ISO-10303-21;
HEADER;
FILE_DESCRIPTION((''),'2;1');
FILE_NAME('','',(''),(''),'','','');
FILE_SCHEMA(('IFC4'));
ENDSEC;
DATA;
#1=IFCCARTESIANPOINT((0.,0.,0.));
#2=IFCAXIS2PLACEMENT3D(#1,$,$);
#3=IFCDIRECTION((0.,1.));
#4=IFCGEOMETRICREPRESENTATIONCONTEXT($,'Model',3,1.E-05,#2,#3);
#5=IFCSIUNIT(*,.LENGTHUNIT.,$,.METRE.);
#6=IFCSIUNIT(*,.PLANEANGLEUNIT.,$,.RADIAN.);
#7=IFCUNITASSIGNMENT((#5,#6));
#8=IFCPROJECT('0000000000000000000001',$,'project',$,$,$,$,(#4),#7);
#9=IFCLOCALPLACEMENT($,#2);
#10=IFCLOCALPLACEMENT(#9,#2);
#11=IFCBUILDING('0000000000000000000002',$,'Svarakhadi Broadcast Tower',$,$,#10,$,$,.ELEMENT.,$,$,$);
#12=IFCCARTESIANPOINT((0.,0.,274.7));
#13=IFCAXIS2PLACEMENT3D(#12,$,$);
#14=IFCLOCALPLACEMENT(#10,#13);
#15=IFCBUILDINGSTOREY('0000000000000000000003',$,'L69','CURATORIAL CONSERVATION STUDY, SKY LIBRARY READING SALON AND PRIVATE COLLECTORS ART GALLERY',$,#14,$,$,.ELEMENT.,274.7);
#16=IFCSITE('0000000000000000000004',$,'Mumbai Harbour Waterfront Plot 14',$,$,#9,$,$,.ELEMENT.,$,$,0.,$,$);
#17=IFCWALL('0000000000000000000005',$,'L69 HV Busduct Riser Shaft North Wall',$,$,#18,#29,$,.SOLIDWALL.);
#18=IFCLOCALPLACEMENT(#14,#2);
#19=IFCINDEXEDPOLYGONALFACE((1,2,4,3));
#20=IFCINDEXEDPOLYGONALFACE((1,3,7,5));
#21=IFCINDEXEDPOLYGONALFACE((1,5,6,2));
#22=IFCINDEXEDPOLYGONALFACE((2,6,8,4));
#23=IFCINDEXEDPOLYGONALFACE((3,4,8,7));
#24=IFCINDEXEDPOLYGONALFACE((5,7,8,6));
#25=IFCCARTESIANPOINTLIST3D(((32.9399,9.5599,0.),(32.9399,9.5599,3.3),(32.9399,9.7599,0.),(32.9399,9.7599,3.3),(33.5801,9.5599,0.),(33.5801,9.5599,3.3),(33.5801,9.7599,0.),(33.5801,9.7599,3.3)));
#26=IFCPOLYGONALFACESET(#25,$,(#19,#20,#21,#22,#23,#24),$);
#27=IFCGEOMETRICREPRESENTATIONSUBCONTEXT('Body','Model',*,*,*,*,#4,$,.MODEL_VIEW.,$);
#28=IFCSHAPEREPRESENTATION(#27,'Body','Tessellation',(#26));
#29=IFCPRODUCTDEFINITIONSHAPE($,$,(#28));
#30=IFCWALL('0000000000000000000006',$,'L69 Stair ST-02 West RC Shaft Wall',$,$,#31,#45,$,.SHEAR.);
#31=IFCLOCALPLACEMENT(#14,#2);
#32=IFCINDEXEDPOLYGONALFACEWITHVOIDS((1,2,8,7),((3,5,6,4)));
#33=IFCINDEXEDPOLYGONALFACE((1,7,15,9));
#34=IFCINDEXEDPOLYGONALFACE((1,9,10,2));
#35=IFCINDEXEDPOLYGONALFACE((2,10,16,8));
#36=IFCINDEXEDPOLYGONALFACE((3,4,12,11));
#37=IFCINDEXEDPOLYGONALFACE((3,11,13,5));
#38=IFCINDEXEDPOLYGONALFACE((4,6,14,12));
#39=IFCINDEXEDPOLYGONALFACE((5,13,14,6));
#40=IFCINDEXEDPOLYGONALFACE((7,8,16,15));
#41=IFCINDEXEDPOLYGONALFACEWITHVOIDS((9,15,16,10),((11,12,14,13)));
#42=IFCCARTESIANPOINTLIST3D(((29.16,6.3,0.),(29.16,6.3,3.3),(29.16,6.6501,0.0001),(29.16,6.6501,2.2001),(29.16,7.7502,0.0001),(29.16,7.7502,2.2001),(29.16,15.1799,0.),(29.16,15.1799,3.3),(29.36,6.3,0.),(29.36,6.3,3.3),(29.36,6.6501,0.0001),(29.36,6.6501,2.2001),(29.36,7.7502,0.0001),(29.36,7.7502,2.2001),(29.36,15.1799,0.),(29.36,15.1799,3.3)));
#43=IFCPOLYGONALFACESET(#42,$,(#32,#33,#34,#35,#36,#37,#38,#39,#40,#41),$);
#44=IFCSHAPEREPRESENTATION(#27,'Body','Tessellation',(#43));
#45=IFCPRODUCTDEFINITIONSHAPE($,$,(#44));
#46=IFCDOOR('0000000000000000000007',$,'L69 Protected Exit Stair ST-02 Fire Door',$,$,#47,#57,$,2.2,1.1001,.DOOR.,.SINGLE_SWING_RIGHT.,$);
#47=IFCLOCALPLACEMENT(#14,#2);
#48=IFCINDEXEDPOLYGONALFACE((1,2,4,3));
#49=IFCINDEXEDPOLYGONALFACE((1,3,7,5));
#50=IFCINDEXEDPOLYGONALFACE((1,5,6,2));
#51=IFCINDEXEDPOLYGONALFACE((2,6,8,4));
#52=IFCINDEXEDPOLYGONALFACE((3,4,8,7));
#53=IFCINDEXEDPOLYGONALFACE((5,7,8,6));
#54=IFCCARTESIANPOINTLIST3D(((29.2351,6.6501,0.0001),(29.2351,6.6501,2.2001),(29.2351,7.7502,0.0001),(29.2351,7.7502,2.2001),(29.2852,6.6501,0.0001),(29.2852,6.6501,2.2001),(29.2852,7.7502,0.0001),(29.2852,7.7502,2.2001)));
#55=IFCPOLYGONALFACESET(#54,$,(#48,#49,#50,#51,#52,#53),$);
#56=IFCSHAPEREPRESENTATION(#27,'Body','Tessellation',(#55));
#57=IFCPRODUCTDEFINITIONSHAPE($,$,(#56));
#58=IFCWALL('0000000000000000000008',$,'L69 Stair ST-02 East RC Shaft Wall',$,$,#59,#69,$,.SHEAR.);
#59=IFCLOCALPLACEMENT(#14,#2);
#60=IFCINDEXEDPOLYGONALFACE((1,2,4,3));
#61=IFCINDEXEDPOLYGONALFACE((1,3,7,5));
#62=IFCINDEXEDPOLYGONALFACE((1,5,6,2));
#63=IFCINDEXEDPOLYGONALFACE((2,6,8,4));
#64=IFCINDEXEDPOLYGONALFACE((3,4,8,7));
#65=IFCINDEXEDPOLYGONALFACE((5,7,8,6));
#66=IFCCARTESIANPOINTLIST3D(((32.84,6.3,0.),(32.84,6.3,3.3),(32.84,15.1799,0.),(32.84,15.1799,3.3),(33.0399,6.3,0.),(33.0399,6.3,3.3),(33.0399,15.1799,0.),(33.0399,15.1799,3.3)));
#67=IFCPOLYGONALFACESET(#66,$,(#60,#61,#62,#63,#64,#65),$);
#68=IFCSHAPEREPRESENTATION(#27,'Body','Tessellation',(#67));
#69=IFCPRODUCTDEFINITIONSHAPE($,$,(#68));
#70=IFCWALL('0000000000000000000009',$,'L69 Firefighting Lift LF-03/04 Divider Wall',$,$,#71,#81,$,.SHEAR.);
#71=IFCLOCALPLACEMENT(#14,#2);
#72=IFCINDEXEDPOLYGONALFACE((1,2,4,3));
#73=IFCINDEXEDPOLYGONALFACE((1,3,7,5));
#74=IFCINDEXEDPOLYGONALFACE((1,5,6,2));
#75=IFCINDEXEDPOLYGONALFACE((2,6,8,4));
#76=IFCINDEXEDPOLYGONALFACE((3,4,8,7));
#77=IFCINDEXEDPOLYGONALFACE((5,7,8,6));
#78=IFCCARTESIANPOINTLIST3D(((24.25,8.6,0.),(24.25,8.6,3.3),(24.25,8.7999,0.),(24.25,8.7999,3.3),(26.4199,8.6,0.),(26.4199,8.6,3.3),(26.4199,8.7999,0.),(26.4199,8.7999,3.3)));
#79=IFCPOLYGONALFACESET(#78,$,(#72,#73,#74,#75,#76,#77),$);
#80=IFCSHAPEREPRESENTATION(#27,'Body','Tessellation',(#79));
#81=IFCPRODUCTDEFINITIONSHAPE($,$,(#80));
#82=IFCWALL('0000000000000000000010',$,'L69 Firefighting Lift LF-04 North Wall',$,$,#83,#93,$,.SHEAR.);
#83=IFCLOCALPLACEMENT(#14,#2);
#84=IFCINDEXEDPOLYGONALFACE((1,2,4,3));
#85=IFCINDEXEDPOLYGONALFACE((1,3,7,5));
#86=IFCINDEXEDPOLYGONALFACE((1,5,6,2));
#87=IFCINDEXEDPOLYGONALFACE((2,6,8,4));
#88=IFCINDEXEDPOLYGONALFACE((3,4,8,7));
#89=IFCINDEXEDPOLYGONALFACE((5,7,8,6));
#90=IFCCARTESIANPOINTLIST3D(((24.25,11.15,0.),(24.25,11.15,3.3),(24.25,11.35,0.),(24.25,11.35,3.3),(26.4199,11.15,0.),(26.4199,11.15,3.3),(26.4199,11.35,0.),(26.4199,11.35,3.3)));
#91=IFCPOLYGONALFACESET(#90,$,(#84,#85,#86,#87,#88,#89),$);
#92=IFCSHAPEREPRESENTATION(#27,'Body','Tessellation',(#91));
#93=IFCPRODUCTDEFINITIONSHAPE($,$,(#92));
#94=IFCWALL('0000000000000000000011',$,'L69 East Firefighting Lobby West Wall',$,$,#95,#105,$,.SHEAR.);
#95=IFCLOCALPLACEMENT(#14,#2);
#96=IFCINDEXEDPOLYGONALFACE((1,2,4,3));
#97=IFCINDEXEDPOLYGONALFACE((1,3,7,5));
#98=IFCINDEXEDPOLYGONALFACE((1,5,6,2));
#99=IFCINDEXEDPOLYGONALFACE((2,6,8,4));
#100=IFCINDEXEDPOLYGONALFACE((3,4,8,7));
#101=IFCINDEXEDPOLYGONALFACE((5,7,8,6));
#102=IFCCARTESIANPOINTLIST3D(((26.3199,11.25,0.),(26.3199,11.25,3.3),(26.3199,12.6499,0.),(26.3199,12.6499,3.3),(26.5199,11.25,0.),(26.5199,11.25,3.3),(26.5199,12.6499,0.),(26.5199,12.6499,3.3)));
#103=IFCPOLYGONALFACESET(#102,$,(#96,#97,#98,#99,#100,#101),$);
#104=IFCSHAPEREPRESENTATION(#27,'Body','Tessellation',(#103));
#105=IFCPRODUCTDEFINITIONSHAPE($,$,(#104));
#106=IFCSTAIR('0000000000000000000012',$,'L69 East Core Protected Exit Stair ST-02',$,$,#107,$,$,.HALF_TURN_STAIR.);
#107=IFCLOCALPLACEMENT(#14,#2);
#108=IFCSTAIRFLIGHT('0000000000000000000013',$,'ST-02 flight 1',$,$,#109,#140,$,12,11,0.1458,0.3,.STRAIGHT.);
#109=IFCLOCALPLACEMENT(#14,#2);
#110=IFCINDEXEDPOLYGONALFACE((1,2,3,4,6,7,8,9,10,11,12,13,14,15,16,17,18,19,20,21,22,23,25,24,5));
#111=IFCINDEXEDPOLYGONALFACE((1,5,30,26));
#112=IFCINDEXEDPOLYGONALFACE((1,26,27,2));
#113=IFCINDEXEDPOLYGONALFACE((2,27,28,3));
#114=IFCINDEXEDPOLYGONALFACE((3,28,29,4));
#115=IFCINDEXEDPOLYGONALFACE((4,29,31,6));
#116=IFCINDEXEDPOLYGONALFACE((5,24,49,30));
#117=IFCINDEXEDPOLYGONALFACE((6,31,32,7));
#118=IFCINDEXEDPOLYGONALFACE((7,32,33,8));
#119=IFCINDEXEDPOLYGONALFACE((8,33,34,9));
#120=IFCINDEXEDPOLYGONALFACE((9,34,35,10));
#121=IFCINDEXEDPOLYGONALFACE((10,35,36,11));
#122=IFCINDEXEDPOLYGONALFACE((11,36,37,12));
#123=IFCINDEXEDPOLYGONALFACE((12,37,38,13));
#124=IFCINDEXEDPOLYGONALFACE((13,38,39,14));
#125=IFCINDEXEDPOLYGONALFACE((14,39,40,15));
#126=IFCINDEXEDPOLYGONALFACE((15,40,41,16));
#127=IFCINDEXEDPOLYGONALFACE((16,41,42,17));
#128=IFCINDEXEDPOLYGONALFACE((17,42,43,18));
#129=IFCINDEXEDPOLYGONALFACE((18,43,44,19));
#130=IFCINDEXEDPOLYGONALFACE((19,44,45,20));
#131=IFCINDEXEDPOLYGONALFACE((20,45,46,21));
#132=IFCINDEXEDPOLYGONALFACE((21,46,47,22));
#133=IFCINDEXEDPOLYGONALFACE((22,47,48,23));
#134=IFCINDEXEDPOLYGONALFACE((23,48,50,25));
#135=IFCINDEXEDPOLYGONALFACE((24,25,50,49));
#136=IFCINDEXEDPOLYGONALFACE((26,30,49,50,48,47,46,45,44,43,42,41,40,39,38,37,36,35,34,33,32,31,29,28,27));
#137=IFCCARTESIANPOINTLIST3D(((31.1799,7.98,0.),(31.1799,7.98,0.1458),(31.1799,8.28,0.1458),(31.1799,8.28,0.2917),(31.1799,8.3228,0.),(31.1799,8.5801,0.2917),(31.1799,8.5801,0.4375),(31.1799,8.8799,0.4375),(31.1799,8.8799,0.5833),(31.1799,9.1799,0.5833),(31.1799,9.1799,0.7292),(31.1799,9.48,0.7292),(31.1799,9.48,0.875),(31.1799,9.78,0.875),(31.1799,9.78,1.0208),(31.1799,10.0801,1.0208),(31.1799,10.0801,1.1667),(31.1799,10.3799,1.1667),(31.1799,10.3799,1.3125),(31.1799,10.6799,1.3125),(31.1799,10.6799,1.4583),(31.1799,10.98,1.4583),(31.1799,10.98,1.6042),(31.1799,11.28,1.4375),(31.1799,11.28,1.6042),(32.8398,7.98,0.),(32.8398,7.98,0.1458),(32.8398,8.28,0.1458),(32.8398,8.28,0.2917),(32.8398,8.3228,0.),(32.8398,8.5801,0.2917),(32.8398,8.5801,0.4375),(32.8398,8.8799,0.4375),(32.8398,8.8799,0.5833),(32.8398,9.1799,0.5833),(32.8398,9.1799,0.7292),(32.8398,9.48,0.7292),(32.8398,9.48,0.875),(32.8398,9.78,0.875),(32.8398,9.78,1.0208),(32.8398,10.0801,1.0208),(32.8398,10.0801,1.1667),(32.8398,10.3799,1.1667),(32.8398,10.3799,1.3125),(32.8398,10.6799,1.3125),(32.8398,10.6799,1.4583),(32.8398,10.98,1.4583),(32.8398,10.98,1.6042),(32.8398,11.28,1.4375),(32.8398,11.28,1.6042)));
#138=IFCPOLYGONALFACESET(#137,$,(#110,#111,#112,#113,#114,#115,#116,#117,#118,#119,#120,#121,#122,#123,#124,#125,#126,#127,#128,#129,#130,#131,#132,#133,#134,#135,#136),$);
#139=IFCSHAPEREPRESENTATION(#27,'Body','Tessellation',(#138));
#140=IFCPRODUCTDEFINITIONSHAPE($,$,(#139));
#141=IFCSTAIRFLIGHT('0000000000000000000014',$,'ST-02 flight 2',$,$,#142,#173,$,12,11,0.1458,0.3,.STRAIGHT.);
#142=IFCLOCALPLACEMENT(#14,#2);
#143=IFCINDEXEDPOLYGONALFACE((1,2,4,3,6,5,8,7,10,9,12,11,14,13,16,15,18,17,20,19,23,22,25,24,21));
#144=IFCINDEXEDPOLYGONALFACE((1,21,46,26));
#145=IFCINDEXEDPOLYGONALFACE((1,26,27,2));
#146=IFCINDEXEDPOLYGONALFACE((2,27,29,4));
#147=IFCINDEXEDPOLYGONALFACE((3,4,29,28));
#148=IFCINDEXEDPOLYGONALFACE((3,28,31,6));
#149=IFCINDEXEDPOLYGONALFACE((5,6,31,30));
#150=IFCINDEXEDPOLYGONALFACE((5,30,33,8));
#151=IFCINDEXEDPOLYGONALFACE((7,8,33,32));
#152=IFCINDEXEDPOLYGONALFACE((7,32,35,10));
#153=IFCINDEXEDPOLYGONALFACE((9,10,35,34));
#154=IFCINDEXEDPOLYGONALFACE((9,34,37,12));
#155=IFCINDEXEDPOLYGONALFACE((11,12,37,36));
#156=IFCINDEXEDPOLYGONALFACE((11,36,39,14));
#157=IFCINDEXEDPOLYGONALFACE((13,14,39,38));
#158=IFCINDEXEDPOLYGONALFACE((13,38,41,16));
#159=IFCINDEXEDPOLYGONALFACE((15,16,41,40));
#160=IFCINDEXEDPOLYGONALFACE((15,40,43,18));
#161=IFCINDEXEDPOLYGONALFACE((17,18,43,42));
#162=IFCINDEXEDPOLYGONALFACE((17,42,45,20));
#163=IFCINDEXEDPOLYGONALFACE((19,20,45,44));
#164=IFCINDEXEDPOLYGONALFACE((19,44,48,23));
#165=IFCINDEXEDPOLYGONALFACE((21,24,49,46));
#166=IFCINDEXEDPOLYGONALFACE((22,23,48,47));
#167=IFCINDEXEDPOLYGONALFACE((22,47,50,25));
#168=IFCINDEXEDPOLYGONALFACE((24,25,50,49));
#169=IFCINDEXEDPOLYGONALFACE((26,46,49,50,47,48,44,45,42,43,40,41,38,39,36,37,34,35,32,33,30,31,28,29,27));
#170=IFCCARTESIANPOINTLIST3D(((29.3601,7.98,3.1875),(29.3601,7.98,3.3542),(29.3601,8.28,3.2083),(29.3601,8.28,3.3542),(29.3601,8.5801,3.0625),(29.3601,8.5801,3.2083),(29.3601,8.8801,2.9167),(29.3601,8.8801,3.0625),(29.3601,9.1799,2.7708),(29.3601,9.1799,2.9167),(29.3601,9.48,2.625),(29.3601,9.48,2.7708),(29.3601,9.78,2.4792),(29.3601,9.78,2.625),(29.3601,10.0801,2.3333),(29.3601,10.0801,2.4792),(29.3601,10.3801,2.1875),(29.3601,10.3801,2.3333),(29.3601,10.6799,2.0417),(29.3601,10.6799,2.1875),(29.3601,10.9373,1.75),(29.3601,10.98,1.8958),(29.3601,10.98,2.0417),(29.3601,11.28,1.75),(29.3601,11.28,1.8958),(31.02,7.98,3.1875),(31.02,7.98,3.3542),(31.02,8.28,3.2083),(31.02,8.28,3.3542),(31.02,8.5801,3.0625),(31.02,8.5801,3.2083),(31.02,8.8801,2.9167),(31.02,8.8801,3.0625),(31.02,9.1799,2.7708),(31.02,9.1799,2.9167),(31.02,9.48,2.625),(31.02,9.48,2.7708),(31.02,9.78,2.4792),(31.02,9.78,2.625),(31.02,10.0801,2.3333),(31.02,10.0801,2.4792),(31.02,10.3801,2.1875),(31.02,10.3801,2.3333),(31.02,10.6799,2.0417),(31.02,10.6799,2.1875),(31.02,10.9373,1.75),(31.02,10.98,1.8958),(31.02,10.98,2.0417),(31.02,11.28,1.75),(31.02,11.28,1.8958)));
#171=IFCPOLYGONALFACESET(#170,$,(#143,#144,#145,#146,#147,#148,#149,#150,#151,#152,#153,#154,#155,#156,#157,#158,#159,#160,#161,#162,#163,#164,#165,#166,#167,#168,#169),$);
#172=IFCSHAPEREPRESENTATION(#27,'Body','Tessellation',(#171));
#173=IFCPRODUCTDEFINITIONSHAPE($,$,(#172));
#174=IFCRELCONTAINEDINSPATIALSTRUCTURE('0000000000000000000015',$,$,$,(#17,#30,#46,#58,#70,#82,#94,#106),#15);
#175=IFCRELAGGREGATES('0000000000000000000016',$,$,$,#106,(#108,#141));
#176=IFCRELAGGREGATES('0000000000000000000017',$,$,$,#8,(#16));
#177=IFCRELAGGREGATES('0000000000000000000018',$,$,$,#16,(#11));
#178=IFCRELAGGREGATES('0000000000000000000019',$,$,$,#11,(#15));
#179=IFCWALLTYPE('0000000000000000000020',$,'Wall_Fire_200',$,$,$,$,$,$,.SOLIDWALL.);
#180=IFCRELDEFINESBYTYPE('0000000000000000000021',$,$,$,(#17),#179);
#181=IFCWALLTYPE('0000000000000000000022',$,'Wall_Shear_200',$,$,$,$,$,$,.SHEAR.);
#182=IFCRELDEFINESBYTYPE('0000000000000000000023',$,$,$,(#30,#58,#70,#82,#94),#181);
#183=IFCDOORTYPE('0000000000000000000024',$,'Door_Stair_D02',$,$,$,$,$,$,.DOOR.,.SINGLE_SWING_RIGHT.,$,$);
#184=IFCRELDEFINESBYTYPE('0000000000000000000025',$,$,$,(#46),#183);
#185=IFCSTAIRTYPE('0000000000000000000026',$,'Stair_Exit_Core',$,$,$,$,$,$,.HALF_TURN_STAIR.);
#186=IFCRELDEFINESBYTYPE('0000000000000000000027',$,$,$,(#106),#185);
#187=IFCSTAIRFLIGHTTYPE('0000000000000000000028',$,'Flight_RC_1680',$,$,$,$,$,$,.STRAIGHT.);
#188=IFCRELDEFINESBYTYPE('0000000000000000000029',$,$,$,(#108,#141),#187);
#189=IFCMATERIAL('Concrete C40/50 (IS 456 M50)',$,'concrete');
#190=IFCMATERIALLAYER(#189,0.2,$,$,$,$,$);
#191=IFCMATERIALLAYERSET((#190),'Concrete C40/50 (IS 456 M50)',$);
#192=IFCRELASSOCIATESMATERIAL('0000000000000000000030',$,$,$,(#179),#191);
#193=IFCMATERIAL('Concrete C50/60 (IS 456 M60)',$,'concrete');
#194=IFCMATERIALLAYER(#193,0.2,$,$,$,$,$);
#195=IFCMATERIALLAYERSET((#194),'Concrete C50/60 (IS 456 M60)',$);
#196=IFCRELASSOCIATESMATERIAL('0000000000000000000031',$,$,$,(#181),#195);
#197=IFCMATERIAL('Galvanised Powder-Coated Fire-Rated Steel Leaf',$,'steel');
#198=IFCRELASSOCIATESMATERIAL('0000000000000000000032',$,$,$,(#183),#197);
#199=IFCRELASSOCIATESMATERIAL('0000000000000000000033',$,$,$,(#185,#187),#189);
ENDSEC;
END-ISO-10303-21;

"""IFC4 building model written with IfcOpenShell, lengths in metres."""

from ifc_helpers import new_model, si_unit, direction, frame, frame_2d, origin, place, context, subcontext, project, spatial, polyline, rectangle, outline, extrude, material, layer, layer_set, type_object, element, fill, aggregate, save


model = new_model("IFC4")

# Units and contexts
model_context = context("Model", 3, precision=1e-05, world=origin(), true_north=direction((0.0, 1.0)))
body_context = subcontext(model_context, "Body", "Model", "MODEL_VIEW")
ifc_project = project(units=[si_unit("LENGTHUNIT", "METRE"), si_unit("PLANEANGLEUNIT", "RADIAN")], contexts=[model_context])

# Site, building, storey
site_placement = place(None, origin())
site = spatial("IfcSite", under=ifc_project, at=site_placement, Name="Mumbai Harbour Waterfront Plot 14", CompositionType="ELEMENT", RefElevation=0.0)
building_placement = place(site_placement, origin())
building = spatial("IfcBuilding", under=site, at=building_placement, Name="Svarakhadi Broadcast Tower", CompositionType="ELEMENT")
storey_placement = place(building_placement, frame((0.0, 0.0, 274.7)))
storey = spatial("IfcBuildingStorey", under=building, at=storey_placement, Name="L69", Description="CURATORIAL CONSERVATION STUDY, SKY LIBRARY READING SALON AND PRIVATE COLLECTORS ART GALLERY", CompositionType="ELEMENT", Elevation=274.7)

# Shared definitions
ifc_material_1 = material(Name="Concrete C50/60 (IS 456 M60)", Category="concrete")

# Wall
ifc_material_2 = material(Name="Concrete C40/50 (IS 456 M50)", Category="concrete")
ifc_layer_1 = layer(ifc_material_2, 0.2)
ifc_layer_set_1 = layer_set([ifc_layer_1], Name="Concrete C40/50 (IS 456 M50)")
wall_type_1 = type_object("IfcWallType", Name="Wall_Fire_200", PredefinedType="SOLIDWALL", material=ifc_layer_set_1)
wall_1_placement = place(storey_placement, frame((32.9399, 9.6599, 0.0), z_axis=(0.0, 0.0, 1.0), x_axis=(1.0, 0.0, 0.0)))
element("IfcWall", 1, at=wall_1_placement, inside=storey, type_object=wall_type_1, Name="L69 HV Busduct Riser Shaft North Wall", PredefinedType="SOLIDWALL", context=body_context, shape_type="SweptSolid", body=[
    extrude(rectangle(XDim=0.6401, YDim=0.2, at=frame_2d((0.3201, 0.0))), origin(), (0.0, 0.0, 1.0), 3.3),
])

# Wall, opening, door
ifc_layer_2 = layer(ifc_material_1, 0.2)
ifc_layer_set_2 = layer_set([ifc_layer_2], Name="Concrete C50/60 (IS 456 M60)")
wall_type_2 = type_object("IfcWallType", Name="Wall_Shear_200", PredefinedType="SHEAR", material=ifc_layer_set_2)
wall_2_placement = place(storey_placement, frame((29.26, 6.3, 0.0), z_axis=(0.0, 0.0, 1.0), x_axis=(0.0, 1.0, 0.0)))
wall_2 = element("IfcWall", 2, at=wall_2_placement, inside=storey, type_object=wall_type_2, Name="L69 Stair ST-02 West RC Shaft Wall", PredefinedType="SHEAR", context=body_context, shape_type="SweptSolid", body=[
    extrude(rectangle(XDim=8.8799, YDim=0.2, at=frame_2d((4.4399, 0.0))), origin(), (0.0, 0.0, 1.0), 3.3),
])
opening_placement = place(wall_2_placement, frame((0.3501, 0.0, 0.0)))
opening = element("IfcOpeningElement", 3, at=opening_placement, cuts=wall_2, PredefinedType="OPENING", context=body_context, shape_type="SweptSolid", body=[
    extrude(rectangle(XDim=1.1001, YDim=2.2, at=frame_2d((0.55, 1.1001))), frame((0.0, 0.1099, 0.0), z_axis=(0.0, -1.0, 0.0), x_axis=(1.0, 0.0, 0.0)), (0.0, 0.0, 1.0), 0.22),
])
ifc_material_3 = material(Name="Galvanised Powder-Coated Fire-Rated Steel Leaf", Category="steel")
door_type = type_object("IfcDoorType", Name="Door_Stair_D02", OperationType="SINGLE_SWING_RIGHT", PredefinedType="DOOR", material=ifc_material_3)
door_placement = place(opening_placement, origin())
door = element("IfcDoor", 4, at=door_placement, inside=storey, type_object=door_type, Name="L69 Protected Exit Stair ST-02 Fire Door", OperationType="SINGLE_SWING_RIGHT", OverallHeight=2.2, OverallWidth=1.1001, PredefinedType="DOOR", context=body_context, shape_type="SweptSolid", body=[
    extrude(rectangle(XDim=1.1001, YDim=2.2, at=frame_2d((0.55, 1.1001))), frame((0.0, 0.0249, 0.0), z_axis=(0.0, -1.0, 0.0), x_axis=(1.0, 0.0, 0.0)), (0.0, 0.0, 1.0), 0.05),
])
fill(opening, door)

# Walls
wall_3_placement = place(storey_placement, frame((32.9399, 6.3, 0.0), z_axis=(0.0, 0.0, 1.0), x_axis=(0.0, 1.0, 0.0)))
element("IfcWall", 5, at=wall_3_placement, inside=storey, type_object=wall_type_2, Name="L69 Stair ST-02 East RC Shaft Wall", PredefinedType="SHEAR", context=body_context, shape_type="SweptSolid", body=[
    extrude(rectangle(XDim=8.8799, YDim=0.2, at=frame_2d((4.4399, 0.0))), origin(), (0.0, 0.0, 1.0), 3.3),
])
for number, where, z_axis, x_axis, name in (
    (6, (24.25, 8.7, 0.0), (0.0, 0.0, 1.0), (1.0, 0.0, 0.0), "L69 Firefighting Lift LF-03/04 Divider Wall"),
    (7, (24.25, 11.25, 0.0), (0.0, 0.0, 1.0), (1.0, 0.0, 0.0), "L69 Firefighting Lift LF-04 North Wall"),
):
    element("IfcWall", number, at=place(storey_placement, frame(where, z_axis=z_axis, x_axis=x_axis)), inside=storey, type_object=wall_type_2, Name=name, PredefinedType="SHEAR", context=body_context, shape_type="SweptSolid", body=[
        extrude(rectangle(XDim=2.1699, YDim=0.2, at=frame_2d((1.085, 0.0))), origin(), (0.0, 0.0, 1.0), 3.3),
    ])
wall_4_placement = place(storey_placement, frame((26.4199, 11.25, 0.0), z_axis=(0.0, 0.0, 1.0), x_axis=(0.0, 1.0, 0.0)))
element("IfcWall", 8, at=wall_4_placement, inside=storey, type_object=wall_type_2, Name="L69 East Firefighting Lobby West Wall", PredefinedType="SHEAR", context=body_context, shape_type="SweptSolid", body=[
    extrude(rectangle(XDim=1.3999, YDim=0.2, at=frame_2d((0.7, 0.0))), origin(), (0.0, 0.0, 1.0), 3.3),
])

# Stair, stair flights
stair_type = type_object("IfcStairType", Name="Stair_Exit_Core", PredefinedType="HALF_TURN_STAIR", material=ifc_material_2)
stair_placement = place(storey_placement, origin())
stair = element("IfcStair", 9, at=stair_placement, inside=storey, type_object=stair_type, Name="L69 East Core Protected Exit Stair ST-02", PredefinedType="HALF_TURN_STAIR")
stair_flight_type = type_object("IfcStairFlightType", Name="Flight_RC_1680", PredefinedType="STRAIGHT", material=ifc_material_2)
stair_flight_1_placement = place(storey_placement, frame((32.01, 7.98, 0.0), z_axis=(0.0, 0.0, 1.0), x_axis=(0.0, 1.0, 0.0)))
stair_flight_1 = element("IfcStairFlight", 10, at=stair_flight_1_placement, type_object=stair_flight_type, Name="ST-02 flight 1", NumberOfRisers=12, NumberOfTreads=11, PredefinedType="STRAIGHT", RiserHeight=0.1458, TreadLength=0.3, context=body_context, shape_type="SweptSolid", body=[
    extrude(outline(polyline([(0.0, 0.0), (0.0, 0.1458), (0.3, 0.1458), (0.3, 0.2917), (0.6001, 0.2917), (0.6001, 0.4375), (0.8999, 0.4375), (0.8999, 0.5833), (1.2, 0.5833), (1.2, 0.7292), (1.5, 0.7292), (1.5, 0.875), (1.8, 0.875), (1.8, 1.0208), (2.1001, 1.0208), (2.1001, 1.1667), (2.3999, 1.1667), (2.3999, 1.3125), (2.7, 1.3125), (2.7, 1.4583), (3.0, 1.4583), (3.0, 1.6042), (3.3, 1.6042), (3.3, 1.75), (3.3, 1.4375), (0.3428, 0.0), (0.0, 0.0)])), frame((0.0, 0.8301, 0.0), z_axis=(0.0, -1.0, 0.0), x_axis=(1.0, 0.0, 0.0)), (0.0, 0.0, 1.0), 1.6599),
])
stair_flight_2_placement = place(storey_placement, frame((30.1899, 11.28, 1.75), z_axis=(0.0, 0.0, 1.0), x_axis=(0.0, -1.0, 0.0)))
stair_flight_2 = element("IfcStairFlight", 11, at=stair_flight_2_placement, type_object=stair_flight_type, Name="ST-02 flight 2", NumberOfRisers=12, NumberOfTreads=11, PredefinedType="STRAIGHT", RiserHeight=0.1458, TreadLength=0.3, context=body_context, shape_type="SweptSolid", body=[
    extrude(outline(polyline([(0.0, 0.0), (0.0, 0.1458), (0.3, 0.1458), (0.3, 0.2917), (0.6001, 0.2917), (0.6001, 0.4375), (0.8999, 0.4375), (0.8999, 0.5833), (1.2, 0.5833), (1.2, 0.7292), (1.5, 0.7292), (1.5, 0.875), (1.8, 0.875), (1.8, 1.0208), (2.1001, 1.0208), (2.1001, 1.1667), (2.3999, 1.1667), (2.3999, 1.3125), (2.7, 1.3125), (2.7, 1.4583), (3.0, 1.4583), (3.0, 1.6042), (3.3, 1.6042), (3.3, 1.75), (3.3, 1.4375), (0.3428, 0.0), (0.0, 0.0)])), frame((0.0, 0.8301, 0.0), z_axis=(0.0, -1.0, 0.0), x_axis=(1.0, 0.0, 0.0)), (0.0, 0.0, 1.0), 1.6599),
])
aggregate(stair, [stair_flight_1, stair_flight_2])

save(model, "model.ifc")
